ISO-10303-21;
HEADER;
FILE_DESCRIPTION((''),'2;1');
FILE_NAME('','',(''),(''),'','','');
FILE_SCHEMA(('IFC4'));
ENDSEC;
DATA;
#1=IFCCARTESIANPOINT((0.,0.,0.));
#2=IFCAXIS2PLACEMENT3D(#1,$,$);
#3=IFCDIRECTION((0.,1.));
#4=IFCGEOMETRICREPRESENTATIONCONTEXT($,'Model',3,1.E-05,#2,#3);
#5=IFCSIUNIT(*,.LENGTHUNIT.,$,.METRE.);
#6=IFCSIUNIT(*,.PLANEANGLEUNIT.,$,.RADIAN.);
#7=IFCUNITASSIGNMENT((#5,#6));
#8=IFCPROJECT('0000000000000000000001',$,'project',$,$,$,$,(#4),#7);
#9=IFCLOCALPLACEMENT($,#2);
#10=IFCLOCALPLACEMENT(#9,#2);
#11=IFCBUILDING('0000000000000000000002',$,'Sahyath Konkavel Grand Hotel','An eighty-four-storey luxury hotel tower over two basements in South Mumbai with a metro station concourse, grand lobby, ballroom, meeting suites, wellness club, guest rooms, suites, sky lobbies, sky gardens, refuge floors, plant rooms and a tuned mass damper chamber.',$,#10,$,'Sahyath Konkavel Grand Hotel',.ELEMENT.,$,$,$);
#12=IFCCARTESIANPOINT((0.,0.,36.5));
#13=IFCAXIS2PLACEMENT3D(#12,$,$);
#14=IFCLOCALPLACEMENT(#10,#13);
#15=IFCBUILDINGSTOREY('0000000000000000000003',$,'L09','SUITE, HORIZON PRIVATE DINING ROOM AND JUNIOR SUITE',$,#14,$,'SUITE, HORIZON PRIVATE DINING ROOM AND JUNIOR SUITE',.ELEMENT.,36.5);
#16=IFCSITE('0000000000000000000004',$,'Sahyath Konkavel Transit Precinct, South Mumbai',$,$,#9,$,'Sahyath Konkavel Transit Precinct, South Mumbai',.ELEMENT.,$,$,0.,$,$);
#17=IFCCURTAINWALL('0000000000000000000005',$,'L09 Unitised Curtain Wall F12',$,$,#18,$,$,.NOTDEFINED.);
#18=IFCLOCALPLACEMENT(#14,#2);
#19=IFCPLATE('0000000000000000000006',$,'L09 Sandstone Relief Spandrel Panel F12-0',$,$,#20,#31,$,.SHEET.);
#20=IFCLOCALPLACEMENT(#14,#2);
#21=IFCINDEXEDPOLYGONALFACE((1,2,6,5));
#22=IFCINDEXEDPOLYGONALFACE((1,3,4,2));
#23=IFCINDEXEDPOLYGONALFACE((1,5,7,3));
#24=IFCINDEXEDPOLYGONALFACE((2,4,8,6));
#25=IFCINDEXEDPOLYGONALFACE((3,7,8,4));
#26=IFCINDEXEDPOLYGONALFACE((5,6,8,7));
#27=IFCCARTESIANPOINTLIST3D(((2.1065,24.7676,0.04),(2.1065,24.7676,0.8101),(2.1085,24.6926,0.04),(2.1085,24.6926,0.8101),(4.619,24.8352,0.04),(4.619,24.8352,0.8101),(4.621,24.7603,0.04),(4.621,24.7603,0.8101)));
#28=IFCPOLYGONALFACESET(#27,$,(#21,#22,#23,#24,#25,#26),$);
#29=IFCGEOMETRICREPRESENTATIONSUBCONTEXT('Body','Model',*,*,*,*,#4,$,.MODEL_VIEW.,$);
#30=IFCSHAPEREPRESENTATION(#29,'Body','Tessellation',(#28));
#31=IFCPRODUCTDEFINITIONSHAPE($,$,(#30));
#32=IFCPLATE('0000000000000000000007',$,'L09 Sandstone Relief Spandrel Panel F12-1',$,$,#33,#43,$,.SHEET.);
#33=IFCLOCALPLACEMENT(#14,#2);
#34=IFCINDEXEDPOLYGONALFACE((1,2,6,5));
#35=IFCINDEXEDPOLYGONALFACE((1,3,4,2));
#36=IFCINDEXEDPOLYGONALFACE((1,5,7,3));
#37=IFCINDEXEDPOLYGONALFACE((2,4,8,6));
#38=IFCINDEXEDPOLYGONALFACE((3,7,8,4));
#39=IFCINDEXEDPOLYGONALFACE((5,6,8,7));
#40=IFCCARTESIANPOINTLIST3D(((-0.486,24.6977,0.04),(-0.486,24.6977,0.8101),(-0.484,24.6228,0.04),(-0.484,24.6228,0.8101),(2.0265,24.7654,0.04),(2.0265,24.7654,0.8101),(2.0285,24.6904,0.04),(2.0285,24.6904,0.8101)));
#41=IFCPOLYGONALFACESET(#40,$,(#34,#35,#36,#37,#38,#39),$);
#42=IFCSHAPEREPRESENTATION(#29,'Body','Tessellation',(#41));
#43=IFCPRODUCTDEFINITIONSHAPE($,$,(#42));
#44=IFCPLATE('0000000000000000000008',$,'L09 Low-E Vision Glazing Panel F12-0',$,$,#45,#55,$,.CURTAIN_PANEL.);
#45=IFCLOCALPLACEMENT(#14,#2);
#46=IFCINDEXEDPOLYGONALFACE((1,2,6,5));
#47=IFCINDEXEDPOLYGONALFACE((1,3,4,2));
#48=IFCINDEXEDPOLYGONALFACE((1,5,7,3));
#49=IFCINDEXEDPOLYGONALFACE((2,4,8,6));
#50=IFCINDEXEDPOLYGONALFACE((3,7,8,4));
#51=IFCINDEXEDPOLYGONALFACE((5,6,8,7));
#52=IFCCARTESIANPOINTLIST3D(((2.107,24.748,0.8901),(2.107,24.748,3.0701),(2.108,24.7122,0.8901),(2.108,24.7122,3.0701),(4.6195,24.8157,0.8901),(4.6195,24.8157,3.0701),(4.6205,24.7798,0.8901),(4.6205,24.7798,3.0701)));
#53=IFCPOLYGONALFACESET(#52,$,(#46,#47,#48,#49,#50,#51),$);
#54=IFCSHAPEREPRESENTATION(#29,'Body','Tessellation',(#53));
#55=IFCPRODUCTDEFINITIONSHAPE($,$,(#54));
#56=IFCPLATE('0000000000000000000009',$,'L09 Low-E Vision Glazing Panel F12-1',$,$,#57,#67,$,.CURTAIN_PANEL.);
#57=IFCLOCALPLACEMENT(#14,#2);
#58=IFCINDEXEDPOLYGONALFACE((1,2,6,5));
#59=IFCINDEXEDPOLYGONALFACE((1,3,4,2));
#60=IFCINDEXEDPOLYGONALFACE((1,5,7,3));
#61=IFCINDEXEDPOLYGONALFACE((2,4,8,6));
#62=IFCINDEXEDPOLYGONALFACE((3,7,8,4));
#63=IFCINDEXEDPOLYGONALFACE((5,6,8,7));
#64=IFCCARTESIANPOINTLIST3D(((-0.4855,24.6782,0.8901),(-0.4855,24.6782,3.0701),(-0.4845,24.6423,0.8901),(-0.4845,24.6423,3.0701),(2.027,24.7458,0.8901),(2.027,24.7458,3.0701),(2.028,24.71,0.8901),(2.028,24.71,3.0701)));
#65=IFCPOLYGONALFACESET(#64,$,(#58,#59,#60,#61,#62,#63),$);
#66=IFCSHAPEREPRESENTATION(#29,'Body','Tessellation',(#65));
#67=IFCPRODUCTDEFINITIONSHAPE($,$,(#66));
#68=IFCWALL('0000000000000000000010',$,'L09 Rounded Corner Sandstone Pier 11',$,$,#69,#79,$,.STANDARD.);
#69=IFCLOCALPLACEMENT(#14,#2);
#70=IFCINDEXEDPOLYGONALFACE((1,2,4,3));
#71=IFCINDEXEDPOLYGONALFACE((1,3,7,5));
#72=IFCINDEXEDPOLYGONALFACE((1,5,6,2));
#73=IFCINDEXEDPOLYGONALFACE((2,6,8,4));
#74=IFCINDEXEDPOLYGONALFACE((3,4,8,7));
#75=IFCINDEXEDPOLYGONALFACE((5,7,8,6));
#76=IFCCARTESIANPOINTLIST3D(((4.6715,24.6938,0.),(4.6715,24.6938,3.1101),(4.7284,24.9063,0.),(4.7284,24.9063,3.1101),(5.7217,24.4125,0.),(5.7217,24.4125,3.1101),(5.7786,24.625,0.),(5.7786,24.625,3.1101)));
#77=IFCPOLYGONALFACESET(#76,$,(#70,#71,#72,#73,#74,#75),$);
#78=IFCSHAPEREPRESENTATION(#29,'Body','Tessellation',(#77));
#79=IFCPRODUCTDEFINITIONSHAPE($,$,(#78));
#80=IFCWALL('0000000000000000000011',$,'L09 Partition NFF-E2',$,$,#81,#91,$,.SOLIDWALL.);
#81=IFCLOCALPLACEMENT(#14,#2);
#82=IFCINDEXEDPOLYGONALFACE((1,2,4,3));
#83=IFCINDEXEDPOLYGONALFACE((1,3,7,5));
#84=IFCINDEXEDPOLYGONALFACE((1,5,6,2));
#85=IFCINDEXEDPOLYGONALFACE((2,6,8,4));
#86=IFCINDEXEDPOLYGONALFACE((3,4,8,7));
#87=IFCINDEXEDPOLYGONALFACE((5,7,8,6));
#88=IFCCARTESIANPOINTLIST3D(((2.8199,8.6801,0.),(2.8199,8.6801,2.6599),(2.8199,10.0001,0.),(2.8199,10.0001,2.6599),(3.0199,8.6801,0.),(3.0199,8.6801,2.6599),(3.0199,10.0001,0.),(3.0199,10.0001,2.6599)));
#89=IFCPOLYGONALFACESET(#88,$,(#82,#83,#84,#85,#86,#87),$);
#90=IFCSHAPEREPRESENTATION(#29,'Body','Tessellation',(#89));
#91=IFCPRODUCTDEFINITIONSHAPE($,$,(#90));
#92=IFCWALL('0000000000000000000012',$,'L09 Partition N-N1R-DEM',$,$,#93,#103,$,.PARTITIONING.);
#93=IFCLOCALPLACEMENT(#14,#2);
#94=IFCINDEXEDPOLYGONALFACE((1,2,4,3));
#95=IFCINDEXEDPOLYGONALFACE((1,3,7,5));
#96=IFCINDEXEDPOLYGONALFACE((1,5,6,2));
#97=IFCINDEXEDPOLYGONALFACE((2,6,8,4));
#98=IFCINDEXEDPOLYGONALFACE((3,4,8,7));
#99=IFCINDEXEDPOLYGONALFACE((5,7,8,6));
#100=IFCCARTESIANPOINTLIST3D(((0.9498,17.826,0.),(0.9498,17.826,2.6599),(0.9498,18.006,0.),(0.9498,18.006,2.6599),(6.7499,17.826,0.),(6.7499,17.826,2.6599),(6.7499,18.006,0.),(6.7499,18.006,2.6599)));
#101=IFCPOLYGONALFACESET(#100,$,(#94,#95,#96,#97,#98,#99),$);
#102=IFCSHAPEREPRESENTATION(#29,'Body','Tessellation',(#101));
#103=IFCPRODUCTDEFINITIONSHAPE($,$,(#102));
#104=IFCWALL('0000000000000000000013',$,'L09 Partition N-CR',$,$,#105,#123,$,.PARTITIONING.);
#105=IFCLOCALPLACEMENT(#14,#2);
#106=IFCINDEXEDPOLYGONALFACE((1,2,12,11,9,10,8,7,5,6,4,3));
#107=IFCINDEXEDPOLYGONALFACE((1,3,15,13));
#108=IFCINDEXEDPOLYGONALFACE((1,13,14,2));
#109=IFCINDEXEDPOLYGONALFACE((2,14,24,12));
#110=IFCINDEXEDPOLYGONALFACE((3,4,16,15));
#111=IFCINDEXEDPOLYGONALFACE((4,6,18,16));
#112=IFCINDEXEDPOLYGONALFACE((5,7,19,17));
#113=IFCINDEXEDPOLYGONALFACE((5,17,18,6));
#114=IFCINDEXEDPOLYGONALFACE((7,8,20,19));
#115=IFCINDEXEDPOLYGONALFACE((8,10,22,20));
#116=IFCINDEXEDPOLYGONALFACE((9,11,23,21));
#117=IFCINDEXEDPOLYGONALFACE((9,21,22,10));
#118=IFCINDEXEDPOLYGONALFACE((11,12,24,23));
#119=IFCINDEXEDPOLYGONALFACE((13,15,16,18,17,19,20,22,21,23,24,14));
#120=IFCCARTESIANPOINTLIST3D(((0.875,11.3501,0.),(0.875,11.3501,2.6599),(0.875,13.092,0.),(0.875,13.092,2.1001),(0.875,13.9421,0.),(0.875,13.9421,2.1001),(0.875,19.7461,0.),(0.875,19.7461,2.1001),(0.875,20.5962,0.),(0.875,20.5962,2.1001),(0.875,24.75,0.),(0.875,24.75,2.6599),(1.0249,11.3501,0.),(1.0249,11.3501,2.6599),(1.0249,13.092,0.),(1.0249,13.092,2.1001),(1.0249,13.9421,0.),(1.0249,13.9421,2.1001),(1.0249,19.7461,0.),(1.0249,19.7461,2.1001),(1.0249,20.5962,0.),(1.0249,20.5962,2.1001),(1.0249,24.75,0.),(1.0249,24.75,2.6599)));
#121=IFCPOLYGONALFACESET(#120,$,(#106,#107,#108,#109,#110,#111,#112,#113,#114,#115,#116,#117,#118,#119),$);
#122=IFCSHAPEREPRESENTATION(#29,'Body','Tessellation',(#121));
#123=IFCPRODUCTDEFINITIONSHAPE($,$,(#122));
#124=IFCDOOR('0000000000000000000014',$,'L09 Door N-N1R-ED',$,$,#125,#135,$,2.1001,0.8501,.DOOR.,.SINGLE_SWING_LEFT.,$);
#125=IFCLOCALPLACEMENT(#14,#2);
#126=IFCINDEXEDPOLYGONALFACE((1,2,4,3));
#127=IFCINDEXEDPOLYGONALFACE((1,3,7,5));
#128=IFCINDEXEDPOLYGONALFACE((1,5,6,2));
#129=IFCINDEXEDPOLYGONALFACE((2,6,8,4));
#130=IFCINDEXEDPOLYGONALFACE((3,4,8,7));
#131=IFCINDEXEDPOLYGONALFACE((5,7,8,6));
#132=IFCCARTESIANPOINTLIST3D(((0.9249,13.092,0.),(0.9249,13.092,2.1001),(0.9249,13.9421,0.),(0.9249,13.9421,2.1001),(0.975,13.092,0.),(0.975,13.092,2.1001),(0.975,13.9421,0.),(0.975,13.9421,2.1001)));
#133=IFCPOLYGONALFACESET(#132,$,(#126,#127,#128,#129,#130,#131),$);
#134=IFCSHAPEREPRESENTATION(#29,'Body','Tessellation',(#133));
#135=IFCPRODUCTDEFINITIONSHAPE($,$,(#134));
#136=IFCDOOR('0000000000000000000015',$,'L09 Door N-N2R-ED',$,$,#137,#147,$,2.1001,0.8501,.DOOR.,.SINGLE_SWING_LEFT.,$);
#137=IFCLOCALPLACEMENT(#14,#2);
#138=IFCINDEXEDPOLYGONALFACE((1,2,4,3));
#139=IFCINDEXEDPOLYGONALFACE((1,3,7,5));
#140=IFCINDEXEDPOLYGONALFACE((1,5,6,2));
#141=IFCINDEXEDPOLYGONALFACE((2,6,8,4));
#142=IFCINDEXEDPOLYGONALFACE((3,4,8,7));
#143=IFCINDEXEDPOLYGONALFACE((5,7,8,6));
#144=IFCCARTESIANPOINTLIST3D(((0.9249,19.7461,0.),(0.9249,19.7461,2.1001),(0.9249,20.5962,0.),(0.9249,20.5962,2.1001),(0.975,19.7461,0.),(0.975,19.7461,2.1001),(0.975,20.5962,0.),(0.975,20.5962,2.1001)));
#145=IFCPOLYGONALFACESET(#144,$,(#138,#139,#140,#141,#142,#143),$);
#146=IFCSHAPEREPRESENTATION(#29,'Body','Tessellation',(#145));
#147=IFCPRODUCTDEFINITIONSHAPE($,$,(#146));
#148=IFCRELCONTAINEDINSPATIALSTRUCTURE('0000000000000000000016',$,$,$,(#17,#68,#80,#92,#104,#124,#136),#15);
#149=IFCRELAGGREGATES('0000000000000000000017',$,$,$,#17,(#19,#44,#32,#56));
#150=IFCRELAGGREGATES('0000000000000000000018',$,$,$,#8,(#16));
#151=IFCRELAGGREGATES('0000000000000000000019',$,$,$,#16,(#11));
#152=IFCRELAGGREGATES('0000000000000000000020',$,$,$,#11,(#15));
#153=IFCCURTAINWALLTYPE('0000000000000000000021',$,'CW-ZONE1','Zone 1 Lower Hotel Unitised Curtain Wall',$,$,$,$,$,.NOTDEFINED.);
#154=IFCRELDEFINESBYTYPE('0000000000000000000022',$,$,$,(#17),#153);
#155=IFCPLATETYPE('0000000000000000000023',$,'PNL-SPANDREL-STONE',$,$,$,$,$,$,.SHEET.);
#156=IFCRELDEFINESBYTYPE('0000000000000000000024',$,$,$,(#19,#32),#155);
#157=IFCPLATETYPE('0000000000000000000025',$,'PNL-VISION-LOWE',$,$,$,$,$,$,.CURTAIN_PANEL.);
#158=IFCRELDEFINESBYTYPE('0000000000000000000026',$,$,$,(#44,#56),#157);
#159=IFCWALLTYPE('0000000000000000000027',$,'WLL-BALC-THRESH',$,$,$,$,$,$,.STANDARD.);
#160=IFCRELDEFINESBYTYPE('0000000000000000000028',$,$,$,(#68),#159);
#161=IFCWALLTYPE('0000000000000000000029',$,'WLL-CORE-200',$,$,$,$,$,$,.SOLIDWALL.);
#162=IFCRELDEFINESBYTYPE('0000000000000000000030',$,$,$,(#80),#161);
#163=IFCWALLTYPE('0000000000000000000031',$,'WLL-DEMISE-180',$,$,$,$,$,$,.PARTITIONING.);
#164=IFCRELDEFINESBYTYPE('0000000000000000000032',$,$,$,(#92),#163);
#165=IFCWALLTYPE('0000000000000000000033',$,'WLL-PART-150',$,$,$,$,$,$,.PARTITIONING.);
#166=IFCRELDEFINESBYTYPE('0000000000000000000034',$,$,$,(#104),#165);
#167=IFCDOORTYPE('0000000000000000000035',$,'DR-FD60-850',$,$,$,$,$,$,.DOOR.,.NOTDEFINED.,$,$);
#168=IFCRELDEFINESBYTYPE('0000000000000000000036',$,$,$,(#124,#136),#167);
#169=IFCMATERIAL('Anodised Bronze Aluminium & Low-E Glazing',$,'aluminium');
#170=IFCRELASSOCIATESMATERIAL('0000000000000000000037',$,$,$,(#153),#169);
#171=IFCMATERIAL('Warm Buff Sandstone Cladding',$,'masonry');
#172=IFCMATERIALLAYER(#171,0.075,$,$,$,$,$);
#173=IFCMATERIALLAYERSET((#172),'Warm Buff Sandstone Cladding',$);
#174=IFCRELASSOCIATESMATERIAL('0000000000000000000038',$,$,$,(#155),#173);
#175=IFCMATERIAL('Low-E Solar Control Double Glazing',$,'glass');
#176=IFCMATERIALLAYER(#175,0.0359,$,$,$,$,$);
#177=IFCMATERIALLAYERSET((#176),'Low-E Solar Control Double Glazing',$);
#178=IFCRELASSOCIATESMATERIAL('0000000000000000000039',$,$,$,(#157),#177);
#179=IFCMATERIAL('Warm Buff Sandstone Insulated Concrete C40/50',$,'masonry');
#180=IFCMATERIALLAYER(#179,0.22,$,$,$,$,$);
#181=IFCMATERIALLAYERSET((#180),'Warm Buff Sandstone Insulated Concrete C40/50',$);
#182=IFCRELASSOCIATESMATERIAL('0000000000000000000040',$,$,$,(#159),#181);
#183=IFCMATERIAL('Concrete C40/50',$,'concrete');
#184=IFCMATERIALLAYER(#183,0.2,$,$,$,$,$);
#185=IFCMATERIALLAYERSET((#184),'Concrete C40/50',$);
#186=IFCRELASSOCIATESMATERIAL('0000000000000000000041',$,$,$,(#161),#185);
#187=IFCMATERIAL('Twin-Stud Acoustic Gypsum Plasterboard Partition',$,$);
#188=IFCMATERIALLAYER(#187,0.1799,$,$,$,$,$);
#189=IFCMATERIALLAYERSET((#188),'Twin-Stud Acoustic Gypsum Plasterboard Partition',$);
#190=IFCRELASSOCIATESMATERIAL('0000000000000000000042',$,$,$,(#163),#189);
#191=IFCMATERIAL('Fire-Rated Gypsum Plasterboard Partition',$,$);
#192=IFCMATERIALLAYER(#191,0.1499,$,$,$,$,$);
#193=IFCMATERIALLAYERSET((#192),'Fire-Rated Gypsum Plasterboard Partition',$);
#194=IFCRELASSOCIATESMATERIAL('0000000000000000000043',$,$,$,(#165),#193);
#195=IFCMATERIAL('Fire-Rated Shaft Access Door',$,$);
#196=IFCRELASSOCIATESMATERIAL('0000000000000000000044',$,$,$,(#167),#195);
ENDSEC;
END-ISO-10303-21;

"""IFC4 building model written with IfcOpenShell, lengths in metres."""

from ifc_helpers import new_model, si_unit, direction, frame, frame_2d, origin, origin_2d, place, context, subcontext, project, spatial, rectangle, extrude, source, transform, mapped, material, layer, layer_set, type_object, element, fill, aggregate, save


model = new_model("IFC4")

# Units and contexts
model_context = context("Model", 3, precision=1e-05, world=origin(), true_north=direction((0.0, 1.0)))
body_context = subcontext(model_context, "Body", "Model", "MODEL_VIEW")
ifc_project = project(units=[si_unit("LENGTHUNIT", "METRE"), si_unit("PLANEANGLEUNIT", "RADIAN")], contexts=[model_context])

# Site, building, storey
site_placement = place(None, origin())
site = spatial("IfcSite", under=ifc_project, at=site_placement, Name="Sahyath Konkavel Transit Precinct, South Mumbai", LongName="Sahyath Konkavel Transit Precinct, South Mumbai", CompositionType="ELEMENT", RefElevation=0.0)
building_placement = place(site_placement, origin())
building = spatial("IfcBuilding", under=site, at=building_placement, Name="Sahyath Konkavel Grand Hotel", Description="An eighty-four-storey luxury hotel tower over two basements in South Mumbai with a metro station concourse, grand lobby, ballroom, meeting suites, wellness club, guest rooms, suites, sky lobbies, sky gardens, refuge floors, plant rooms and a tuned mass damper chamber.", LongName="Sahyath Konkavel Grand Hotel", CompositionType="ELEMENT")
storey_placement = place(building_placement, frame((0.0, 0.0, 36.5)))
storey = spatial("IfcBuildingStorey", under=building, at=storey_placement, Name="L09", Description="SUITE, HORIZON PRIVATE DINING ROOM AND JUNIOR SUITE", LongName="SUITE, HORIZON PRIVATE DINING ROOM AND JUNIOR SUITE", CompositionType="ELEMENT", Elevation=36.5)

# Curtain wall, plates
ifc_material_1 = material(Name="Anodised Bronze Aluminium & Low-E Glazing", Category="aluminium")
curtain_wall_type = type_object("IfcCurtainWallType", Name="CW-ZONE1", Description="Zone 1 Lower Hotel Unitised Curtain Wall", PredefinedType="NOTDEFINED", material=ifc_material_1)
curtain_wall_placement = place(storey_placement, origin())
curtain_wall = element("IfcCurtainWall", 1, at=curtain_wall_placement, inside=storey, type_object=curtain_wall_type, Name="L09 Unitised Curtain Wall F12", PredefinedType="NOTDEFINED")
ifc_material_2 = material(Name="Warm Buff Sandstone Cladding", Category="masonry")
ifc_layer_1 = layer(ifc_material_2, 0.075)
ifc_layer_set_1 = layer_set([ifc_layer_1], Name="Warm Buff Sandstone Cladding")
plate_type_1 = type_object("IfcPlateType", Name="PNL-SPANDREL-STONE", PredefinedType="SHEET", material=ifc_layer_set_1)
shared_shape_1 = source(origin(), body_context, "Body", "SweptSolid", [
    extrude(rectangle(XDim=2.5134, YDim=0.075, at=origin_2d()), origin(), (0.0, 0.0, 1.0), 0.77),
])
plate_1_placement = place(storey_placement, frame((3.3638, 24.7639, 0.04), z_axis=(0.0, 0.0, 1.0), x_axis=(-0.999638, -0.02691, 0.0)))
plate_1 = element("IfcPlate", 2, at=plate_1_placement, type_object=plate_type_1, Name="L09 Sandstone Relief Spandrel Panel F12-0", PredefinedType="SHEET", context=body_context, shape_type="MappedRepresentation", body=[
    mapped(shared_shape_1, transform((0.0, 0.0, 0.0), scale=1.0)),
])
plate_2_placement = place(storey_placement, frame((0.7712, 24.6941, 0.04), z_axis=(0.0, 0.0, 1.0), x_axis=(-0.999638, -0.02691, 0.0)))
plate_2 = element("IfcPlate", 3, at=plate_2_placement, type_object=plate_type_1, Name="L09 Sandstone Relief Spandrel Panel F12-1", PredefinedType="SHEET", context=body_context, shape_type="MappedRepresentation", body=[
    mapped(shared_shape_1, transform((0.0, 0.0, 0.0), scale=1.0)),
])
ifc_material_3 = material(Name="Low-E Solar Control Double Glazing", Category="glass")
ifc_layer_2 = layer(ifc_material_3, 0.0359)
ifc_layer_set_2 = layer_set([ifc_layer_2], Name="Low-E Solar Control Double Glazing")
plate_type_2 = type_object("IfcPlateType", Name="PNL-VISION-LOWE", PredefinedType="CURTAIN_PANEL", material=ifc_layer_set_2)
shared_shape_2 = source(origin(), body_context, "Body", "SweptSolid", [
    extrude(rectangle(XDim=2.5134, YDim=0.0359, at=origin_2d()), origin(), (0.0, 0.0, 1.0), 2.1799),
])
plate_3_placement = place(storey_placement, frame((3.3638, 24.7639, 0.8901), z_axis=(0.0, 0.0, 1.0), x_axis=(-0.999638, -0.02691, 0.0)))
plate_3 = element("IfcPlate", 4, at=plate_3_placement, type_object=plate_type_2, Name="L09 Low-E Vision Glazing Panel F12-0", PredefinedType="CURTAIN_PANEL", context=body_context, shape_type="MappedRepresentation", body=[
    mapped(shared_shape_2, transform((0.0, 0.0, 0.0), scale=1.0)),
])
plate_4_placement = place(storey_placement, frame((0.7712, 24.6941, 0.8901), z_axis=(0.0, 0.0, 1.0), x_axis=(-0.999638, -0.02691, 0.0)))
plate_4 = element("IfcPlate", 5, at=plate_4_placement, type_object=plate_type_2, Name="L09 Low-E Vision Glazing Panel F12-1", PredefinedType="CURTAIN_PANEL", context=body_context, shape_type="MappedRepresentation", body=[
    mapped(shared_shape_2, transform((0.0, 0.0, 0.0), scale=1.0)),
])
aggregate(curtain_wall, [plate_1, plate_3, plate_2, plate_4])

# Wall
ifc_material_4 = material(Name="Warm Buff Sandstone Insulated Concrete C40/50", Category="masonry")
ifc_layer_3 = layer(ifc_material_4, 0.22)
ifc_layer_set_3 = layer_set([ifc_layer_3], Name="Warm Buff Sandstone Insulated Concrete C40/50")
wall_type_1 = type_object("IfcWallType", Name="WLL-BALC-THRESH", PredefinedType="STANDARD", material=ifc_layer_set_3)
wall_1_placement = place(storey_placement, frame((5.75, 24.5188, 0.0), z_axis=(0.0, 0.0, 1.0), x_axis=(-0.965951, 0.258725, 0.0)))
element("IfcWall", 6, at=wall_1_placement, inside=storey, type_object=wall_type_1, Name="L09 Rounded Corner Sandstone Pier 11", PredefinedType="STANDARD", context=body_context, shape_type="SweptSolid", body=[
    extrude(rectangle(XDim=1.0872, YDim=0.22, at=frame_2d((0.5435, 0.0))), origin(), (0.0, 0.0, 1.0), 3.1101),
])

# Shared definitions
ifc_material_5 = material(Name="Concrete C40/50", Category="concrete")
ifc_layer_4 = layer(ifc_material_5, 0.2)
ifc_layer_set_4 = layer_set([ifc_layer_4], Name="Concrete C40/50")
wall_type_2 = type_object("IfcWallType", Name="WLL-CORE-200", PredefinedType="SOLIDWALL", material=ifc_layer_set_4)

# Walls
wall_2_placement = place(storey_placement, frame((2.9199, 8.6799, 0.0), z_axis=(0.0, 0.0, 1.0), x_axis=(0.0, 1.0, 0.0)))
element("IfcWall", 7, at=wall_2_placement, inside=storey, type_object=wall_type_2, Name="L09 Partition NFF-E2", PredefinedType="SOLIDWALL", context=body_context, shape_type="SweptSolid", body=[
    extrude(rectangle(XDim=1.3201, YDim=0.2, at=frame_2d((0.6602, 0.0))), origin(), (0.0, 0.0, 1.0), 2.6599),
])
ifc_material_6 = material(Name="Twin-Stud Acoustic Gypsum Plasterboard Partition")
ifc_layer_5 = layer(ifc_material_6, 0.1799)
ifc_layer_set_5 = layer_set([ifc_layer_5], Name="Twin-Stud Acoustic Gypsum Plasterboard Partition")
wall_type_3 = type_object("IfcWallType", Name="WLL-DEMISE-180", PredefinedType="PARTITIONING", material=ifc_layer_set_5)
wall_3_placement = place(storey_placement, frame((0.95, 17.916, 0.0), z_axis=(0.0, 0.0, 1.0), x_axis=(1.0, 0.0, 0.0)))
element("IfcWall", 8, at=wall_3_placement, inside=storey, type_object=wall_type_3, Name="L09 Partition N-N1R-DEM", PredefinedType="PARTITIONING", context=body_context, shape_type="SweptSolid", body=[
    extrude(rectangle(XDim=5.8, YDim=0.1799, at=frame_2d((2.8999, 0.0))), origin(), (0.0, 0.0, 1.0), 2.6599),
])

# Wall, openings, doors
ifc_material_7 = material(Name="Fire-Rated Gypsum Plasterboard Partition")
ifc_layer_6 = layer(ifc_material_7, 0.1499)
ifc_layer_set_6 = layer_set([ifc_layer_6], Name="Fire-Rated Gypsum Plasterboard Partition")
wall_type_4 = type_object("IfcWallType", Name="WLL-PART-150", PredefinedType="PARTITIONING", material=ifc_layer_set_6)
wall_4_placement = place(storey_placement, frame((0.95, 11.3501, 0.0), z_axis=(0.0, 0.0, 1.0), x_axis=(0.0, 1.0, 0.0)))
wall_4 = element("IfcWall", 9, at=wall_4_placement, inside=storey, type_object=wall_type_4, Name="L09 Partition N-CR", PredefinedType="PARTITIONING", context=body_context, shape_type="SweptSolid", body=[
    extrude(rectangle(XDim=13.3999, YDim=0.1499, at=frame_2d((6.7, 0.0))), origin(), (0.0, 0.0, 1.0), 2.6599),
])
opening_1_placement = place(wall_4_placement, frame((1.7419, 0.0, 0.0)))
opening_1 = element("IfcOpeningElement", 10, at=opening_1_placement, cuts=wall_4, PredefinedType="OPENING", context=body_context, shape_type="SweptSolid", body=[
    extrude(rectangle(XDim=0.8501, YDim=2.1001, at=frame_2d((0.425, 1.05))), frame((0.0, 0.085, 0.0), z_axis=(0.0, -1.0, 0.0), x_axis=(1.0, 0.0, 0.0)), (0.0, 0.0, 1.0), 0.1699),
])
opening_2_placement = place(wall_4_placement, frame((8.396, 0.0, 0.0)))
opening_2 = element("IfcOpeningElement", 11, at=opening_2_placement, cuts=wall_4, PredefinedType="OPENING", context=body_context, shape_type="SweptSolid", body=[
    extrude(rectangle(XDim=0.8501, YDim=2.1001, at=frame_2d((0.425, 1.05))), frame((0.0, 0.085, 0.0), z_axis=(0.0, -1.0, 0.0), x_axis=(1.0, 0.0, 0.0)), (0.0, 0.0, 1.0), 0.1699),
])
ifc_material_8 = material(Name="Fire-Rated Shaft Access Door")
door_type_1 = type_object("IfcDoorType", Name="DR-FD60-850", OperationType="NOTDEFINED", PredefinedType="DOOR", material=ifc_material_8)
shared_shape_3 = source(origin(), body_context, "Body", "SweptSolid", [
    extrude(rectangle(XDim=0.8501, YDim=0.05, at=origin_2d()), origin(), (0.0, 0.0, 1.0), 2.1001),
])
door_1_placement = place(opening_1_placement, frame((0.425, 0.0, 0.0)))
door_1 = element("IfcDoor", 12, at=door_1_placement, inside=storey, type_object=door_type_1, Name="L09 Door N-N1R-ED", OperationType="SINGLE_SWING_LEFT", OverallHeight=2.1001, OverallWidth=0.8501, PredefinedType="DOOR", context=body_context, shape_type="MappedRepresentation", body=[
    mapped(shared_shape_3, transform((0.0, 0.0, 0.0), scale=1.0)),
])
fill(opening_1, door_1)
door_2_placement = place(opening_2_placement, frame((0.425, 0.0, 0.0)))
door_2 = element("IfcDoor", 13, at=door_2_placement, inside=storey, type_object=door_type_1, Name="L09 Door N-N2R-ED", OperationType="SINGLE_SWING_LEFT", OverallHeight=2.1001, OverallWidth=0.8501, PredefinedType="DOOR", context=body_context, shape_type="MappedRepresentation", body=[
    mapped(shared_shape_3, transform((0.0, 0.0, 0.0), scale=1.0)),
])
fill(opening_2, door_2)

save(model, "model.ifc")
